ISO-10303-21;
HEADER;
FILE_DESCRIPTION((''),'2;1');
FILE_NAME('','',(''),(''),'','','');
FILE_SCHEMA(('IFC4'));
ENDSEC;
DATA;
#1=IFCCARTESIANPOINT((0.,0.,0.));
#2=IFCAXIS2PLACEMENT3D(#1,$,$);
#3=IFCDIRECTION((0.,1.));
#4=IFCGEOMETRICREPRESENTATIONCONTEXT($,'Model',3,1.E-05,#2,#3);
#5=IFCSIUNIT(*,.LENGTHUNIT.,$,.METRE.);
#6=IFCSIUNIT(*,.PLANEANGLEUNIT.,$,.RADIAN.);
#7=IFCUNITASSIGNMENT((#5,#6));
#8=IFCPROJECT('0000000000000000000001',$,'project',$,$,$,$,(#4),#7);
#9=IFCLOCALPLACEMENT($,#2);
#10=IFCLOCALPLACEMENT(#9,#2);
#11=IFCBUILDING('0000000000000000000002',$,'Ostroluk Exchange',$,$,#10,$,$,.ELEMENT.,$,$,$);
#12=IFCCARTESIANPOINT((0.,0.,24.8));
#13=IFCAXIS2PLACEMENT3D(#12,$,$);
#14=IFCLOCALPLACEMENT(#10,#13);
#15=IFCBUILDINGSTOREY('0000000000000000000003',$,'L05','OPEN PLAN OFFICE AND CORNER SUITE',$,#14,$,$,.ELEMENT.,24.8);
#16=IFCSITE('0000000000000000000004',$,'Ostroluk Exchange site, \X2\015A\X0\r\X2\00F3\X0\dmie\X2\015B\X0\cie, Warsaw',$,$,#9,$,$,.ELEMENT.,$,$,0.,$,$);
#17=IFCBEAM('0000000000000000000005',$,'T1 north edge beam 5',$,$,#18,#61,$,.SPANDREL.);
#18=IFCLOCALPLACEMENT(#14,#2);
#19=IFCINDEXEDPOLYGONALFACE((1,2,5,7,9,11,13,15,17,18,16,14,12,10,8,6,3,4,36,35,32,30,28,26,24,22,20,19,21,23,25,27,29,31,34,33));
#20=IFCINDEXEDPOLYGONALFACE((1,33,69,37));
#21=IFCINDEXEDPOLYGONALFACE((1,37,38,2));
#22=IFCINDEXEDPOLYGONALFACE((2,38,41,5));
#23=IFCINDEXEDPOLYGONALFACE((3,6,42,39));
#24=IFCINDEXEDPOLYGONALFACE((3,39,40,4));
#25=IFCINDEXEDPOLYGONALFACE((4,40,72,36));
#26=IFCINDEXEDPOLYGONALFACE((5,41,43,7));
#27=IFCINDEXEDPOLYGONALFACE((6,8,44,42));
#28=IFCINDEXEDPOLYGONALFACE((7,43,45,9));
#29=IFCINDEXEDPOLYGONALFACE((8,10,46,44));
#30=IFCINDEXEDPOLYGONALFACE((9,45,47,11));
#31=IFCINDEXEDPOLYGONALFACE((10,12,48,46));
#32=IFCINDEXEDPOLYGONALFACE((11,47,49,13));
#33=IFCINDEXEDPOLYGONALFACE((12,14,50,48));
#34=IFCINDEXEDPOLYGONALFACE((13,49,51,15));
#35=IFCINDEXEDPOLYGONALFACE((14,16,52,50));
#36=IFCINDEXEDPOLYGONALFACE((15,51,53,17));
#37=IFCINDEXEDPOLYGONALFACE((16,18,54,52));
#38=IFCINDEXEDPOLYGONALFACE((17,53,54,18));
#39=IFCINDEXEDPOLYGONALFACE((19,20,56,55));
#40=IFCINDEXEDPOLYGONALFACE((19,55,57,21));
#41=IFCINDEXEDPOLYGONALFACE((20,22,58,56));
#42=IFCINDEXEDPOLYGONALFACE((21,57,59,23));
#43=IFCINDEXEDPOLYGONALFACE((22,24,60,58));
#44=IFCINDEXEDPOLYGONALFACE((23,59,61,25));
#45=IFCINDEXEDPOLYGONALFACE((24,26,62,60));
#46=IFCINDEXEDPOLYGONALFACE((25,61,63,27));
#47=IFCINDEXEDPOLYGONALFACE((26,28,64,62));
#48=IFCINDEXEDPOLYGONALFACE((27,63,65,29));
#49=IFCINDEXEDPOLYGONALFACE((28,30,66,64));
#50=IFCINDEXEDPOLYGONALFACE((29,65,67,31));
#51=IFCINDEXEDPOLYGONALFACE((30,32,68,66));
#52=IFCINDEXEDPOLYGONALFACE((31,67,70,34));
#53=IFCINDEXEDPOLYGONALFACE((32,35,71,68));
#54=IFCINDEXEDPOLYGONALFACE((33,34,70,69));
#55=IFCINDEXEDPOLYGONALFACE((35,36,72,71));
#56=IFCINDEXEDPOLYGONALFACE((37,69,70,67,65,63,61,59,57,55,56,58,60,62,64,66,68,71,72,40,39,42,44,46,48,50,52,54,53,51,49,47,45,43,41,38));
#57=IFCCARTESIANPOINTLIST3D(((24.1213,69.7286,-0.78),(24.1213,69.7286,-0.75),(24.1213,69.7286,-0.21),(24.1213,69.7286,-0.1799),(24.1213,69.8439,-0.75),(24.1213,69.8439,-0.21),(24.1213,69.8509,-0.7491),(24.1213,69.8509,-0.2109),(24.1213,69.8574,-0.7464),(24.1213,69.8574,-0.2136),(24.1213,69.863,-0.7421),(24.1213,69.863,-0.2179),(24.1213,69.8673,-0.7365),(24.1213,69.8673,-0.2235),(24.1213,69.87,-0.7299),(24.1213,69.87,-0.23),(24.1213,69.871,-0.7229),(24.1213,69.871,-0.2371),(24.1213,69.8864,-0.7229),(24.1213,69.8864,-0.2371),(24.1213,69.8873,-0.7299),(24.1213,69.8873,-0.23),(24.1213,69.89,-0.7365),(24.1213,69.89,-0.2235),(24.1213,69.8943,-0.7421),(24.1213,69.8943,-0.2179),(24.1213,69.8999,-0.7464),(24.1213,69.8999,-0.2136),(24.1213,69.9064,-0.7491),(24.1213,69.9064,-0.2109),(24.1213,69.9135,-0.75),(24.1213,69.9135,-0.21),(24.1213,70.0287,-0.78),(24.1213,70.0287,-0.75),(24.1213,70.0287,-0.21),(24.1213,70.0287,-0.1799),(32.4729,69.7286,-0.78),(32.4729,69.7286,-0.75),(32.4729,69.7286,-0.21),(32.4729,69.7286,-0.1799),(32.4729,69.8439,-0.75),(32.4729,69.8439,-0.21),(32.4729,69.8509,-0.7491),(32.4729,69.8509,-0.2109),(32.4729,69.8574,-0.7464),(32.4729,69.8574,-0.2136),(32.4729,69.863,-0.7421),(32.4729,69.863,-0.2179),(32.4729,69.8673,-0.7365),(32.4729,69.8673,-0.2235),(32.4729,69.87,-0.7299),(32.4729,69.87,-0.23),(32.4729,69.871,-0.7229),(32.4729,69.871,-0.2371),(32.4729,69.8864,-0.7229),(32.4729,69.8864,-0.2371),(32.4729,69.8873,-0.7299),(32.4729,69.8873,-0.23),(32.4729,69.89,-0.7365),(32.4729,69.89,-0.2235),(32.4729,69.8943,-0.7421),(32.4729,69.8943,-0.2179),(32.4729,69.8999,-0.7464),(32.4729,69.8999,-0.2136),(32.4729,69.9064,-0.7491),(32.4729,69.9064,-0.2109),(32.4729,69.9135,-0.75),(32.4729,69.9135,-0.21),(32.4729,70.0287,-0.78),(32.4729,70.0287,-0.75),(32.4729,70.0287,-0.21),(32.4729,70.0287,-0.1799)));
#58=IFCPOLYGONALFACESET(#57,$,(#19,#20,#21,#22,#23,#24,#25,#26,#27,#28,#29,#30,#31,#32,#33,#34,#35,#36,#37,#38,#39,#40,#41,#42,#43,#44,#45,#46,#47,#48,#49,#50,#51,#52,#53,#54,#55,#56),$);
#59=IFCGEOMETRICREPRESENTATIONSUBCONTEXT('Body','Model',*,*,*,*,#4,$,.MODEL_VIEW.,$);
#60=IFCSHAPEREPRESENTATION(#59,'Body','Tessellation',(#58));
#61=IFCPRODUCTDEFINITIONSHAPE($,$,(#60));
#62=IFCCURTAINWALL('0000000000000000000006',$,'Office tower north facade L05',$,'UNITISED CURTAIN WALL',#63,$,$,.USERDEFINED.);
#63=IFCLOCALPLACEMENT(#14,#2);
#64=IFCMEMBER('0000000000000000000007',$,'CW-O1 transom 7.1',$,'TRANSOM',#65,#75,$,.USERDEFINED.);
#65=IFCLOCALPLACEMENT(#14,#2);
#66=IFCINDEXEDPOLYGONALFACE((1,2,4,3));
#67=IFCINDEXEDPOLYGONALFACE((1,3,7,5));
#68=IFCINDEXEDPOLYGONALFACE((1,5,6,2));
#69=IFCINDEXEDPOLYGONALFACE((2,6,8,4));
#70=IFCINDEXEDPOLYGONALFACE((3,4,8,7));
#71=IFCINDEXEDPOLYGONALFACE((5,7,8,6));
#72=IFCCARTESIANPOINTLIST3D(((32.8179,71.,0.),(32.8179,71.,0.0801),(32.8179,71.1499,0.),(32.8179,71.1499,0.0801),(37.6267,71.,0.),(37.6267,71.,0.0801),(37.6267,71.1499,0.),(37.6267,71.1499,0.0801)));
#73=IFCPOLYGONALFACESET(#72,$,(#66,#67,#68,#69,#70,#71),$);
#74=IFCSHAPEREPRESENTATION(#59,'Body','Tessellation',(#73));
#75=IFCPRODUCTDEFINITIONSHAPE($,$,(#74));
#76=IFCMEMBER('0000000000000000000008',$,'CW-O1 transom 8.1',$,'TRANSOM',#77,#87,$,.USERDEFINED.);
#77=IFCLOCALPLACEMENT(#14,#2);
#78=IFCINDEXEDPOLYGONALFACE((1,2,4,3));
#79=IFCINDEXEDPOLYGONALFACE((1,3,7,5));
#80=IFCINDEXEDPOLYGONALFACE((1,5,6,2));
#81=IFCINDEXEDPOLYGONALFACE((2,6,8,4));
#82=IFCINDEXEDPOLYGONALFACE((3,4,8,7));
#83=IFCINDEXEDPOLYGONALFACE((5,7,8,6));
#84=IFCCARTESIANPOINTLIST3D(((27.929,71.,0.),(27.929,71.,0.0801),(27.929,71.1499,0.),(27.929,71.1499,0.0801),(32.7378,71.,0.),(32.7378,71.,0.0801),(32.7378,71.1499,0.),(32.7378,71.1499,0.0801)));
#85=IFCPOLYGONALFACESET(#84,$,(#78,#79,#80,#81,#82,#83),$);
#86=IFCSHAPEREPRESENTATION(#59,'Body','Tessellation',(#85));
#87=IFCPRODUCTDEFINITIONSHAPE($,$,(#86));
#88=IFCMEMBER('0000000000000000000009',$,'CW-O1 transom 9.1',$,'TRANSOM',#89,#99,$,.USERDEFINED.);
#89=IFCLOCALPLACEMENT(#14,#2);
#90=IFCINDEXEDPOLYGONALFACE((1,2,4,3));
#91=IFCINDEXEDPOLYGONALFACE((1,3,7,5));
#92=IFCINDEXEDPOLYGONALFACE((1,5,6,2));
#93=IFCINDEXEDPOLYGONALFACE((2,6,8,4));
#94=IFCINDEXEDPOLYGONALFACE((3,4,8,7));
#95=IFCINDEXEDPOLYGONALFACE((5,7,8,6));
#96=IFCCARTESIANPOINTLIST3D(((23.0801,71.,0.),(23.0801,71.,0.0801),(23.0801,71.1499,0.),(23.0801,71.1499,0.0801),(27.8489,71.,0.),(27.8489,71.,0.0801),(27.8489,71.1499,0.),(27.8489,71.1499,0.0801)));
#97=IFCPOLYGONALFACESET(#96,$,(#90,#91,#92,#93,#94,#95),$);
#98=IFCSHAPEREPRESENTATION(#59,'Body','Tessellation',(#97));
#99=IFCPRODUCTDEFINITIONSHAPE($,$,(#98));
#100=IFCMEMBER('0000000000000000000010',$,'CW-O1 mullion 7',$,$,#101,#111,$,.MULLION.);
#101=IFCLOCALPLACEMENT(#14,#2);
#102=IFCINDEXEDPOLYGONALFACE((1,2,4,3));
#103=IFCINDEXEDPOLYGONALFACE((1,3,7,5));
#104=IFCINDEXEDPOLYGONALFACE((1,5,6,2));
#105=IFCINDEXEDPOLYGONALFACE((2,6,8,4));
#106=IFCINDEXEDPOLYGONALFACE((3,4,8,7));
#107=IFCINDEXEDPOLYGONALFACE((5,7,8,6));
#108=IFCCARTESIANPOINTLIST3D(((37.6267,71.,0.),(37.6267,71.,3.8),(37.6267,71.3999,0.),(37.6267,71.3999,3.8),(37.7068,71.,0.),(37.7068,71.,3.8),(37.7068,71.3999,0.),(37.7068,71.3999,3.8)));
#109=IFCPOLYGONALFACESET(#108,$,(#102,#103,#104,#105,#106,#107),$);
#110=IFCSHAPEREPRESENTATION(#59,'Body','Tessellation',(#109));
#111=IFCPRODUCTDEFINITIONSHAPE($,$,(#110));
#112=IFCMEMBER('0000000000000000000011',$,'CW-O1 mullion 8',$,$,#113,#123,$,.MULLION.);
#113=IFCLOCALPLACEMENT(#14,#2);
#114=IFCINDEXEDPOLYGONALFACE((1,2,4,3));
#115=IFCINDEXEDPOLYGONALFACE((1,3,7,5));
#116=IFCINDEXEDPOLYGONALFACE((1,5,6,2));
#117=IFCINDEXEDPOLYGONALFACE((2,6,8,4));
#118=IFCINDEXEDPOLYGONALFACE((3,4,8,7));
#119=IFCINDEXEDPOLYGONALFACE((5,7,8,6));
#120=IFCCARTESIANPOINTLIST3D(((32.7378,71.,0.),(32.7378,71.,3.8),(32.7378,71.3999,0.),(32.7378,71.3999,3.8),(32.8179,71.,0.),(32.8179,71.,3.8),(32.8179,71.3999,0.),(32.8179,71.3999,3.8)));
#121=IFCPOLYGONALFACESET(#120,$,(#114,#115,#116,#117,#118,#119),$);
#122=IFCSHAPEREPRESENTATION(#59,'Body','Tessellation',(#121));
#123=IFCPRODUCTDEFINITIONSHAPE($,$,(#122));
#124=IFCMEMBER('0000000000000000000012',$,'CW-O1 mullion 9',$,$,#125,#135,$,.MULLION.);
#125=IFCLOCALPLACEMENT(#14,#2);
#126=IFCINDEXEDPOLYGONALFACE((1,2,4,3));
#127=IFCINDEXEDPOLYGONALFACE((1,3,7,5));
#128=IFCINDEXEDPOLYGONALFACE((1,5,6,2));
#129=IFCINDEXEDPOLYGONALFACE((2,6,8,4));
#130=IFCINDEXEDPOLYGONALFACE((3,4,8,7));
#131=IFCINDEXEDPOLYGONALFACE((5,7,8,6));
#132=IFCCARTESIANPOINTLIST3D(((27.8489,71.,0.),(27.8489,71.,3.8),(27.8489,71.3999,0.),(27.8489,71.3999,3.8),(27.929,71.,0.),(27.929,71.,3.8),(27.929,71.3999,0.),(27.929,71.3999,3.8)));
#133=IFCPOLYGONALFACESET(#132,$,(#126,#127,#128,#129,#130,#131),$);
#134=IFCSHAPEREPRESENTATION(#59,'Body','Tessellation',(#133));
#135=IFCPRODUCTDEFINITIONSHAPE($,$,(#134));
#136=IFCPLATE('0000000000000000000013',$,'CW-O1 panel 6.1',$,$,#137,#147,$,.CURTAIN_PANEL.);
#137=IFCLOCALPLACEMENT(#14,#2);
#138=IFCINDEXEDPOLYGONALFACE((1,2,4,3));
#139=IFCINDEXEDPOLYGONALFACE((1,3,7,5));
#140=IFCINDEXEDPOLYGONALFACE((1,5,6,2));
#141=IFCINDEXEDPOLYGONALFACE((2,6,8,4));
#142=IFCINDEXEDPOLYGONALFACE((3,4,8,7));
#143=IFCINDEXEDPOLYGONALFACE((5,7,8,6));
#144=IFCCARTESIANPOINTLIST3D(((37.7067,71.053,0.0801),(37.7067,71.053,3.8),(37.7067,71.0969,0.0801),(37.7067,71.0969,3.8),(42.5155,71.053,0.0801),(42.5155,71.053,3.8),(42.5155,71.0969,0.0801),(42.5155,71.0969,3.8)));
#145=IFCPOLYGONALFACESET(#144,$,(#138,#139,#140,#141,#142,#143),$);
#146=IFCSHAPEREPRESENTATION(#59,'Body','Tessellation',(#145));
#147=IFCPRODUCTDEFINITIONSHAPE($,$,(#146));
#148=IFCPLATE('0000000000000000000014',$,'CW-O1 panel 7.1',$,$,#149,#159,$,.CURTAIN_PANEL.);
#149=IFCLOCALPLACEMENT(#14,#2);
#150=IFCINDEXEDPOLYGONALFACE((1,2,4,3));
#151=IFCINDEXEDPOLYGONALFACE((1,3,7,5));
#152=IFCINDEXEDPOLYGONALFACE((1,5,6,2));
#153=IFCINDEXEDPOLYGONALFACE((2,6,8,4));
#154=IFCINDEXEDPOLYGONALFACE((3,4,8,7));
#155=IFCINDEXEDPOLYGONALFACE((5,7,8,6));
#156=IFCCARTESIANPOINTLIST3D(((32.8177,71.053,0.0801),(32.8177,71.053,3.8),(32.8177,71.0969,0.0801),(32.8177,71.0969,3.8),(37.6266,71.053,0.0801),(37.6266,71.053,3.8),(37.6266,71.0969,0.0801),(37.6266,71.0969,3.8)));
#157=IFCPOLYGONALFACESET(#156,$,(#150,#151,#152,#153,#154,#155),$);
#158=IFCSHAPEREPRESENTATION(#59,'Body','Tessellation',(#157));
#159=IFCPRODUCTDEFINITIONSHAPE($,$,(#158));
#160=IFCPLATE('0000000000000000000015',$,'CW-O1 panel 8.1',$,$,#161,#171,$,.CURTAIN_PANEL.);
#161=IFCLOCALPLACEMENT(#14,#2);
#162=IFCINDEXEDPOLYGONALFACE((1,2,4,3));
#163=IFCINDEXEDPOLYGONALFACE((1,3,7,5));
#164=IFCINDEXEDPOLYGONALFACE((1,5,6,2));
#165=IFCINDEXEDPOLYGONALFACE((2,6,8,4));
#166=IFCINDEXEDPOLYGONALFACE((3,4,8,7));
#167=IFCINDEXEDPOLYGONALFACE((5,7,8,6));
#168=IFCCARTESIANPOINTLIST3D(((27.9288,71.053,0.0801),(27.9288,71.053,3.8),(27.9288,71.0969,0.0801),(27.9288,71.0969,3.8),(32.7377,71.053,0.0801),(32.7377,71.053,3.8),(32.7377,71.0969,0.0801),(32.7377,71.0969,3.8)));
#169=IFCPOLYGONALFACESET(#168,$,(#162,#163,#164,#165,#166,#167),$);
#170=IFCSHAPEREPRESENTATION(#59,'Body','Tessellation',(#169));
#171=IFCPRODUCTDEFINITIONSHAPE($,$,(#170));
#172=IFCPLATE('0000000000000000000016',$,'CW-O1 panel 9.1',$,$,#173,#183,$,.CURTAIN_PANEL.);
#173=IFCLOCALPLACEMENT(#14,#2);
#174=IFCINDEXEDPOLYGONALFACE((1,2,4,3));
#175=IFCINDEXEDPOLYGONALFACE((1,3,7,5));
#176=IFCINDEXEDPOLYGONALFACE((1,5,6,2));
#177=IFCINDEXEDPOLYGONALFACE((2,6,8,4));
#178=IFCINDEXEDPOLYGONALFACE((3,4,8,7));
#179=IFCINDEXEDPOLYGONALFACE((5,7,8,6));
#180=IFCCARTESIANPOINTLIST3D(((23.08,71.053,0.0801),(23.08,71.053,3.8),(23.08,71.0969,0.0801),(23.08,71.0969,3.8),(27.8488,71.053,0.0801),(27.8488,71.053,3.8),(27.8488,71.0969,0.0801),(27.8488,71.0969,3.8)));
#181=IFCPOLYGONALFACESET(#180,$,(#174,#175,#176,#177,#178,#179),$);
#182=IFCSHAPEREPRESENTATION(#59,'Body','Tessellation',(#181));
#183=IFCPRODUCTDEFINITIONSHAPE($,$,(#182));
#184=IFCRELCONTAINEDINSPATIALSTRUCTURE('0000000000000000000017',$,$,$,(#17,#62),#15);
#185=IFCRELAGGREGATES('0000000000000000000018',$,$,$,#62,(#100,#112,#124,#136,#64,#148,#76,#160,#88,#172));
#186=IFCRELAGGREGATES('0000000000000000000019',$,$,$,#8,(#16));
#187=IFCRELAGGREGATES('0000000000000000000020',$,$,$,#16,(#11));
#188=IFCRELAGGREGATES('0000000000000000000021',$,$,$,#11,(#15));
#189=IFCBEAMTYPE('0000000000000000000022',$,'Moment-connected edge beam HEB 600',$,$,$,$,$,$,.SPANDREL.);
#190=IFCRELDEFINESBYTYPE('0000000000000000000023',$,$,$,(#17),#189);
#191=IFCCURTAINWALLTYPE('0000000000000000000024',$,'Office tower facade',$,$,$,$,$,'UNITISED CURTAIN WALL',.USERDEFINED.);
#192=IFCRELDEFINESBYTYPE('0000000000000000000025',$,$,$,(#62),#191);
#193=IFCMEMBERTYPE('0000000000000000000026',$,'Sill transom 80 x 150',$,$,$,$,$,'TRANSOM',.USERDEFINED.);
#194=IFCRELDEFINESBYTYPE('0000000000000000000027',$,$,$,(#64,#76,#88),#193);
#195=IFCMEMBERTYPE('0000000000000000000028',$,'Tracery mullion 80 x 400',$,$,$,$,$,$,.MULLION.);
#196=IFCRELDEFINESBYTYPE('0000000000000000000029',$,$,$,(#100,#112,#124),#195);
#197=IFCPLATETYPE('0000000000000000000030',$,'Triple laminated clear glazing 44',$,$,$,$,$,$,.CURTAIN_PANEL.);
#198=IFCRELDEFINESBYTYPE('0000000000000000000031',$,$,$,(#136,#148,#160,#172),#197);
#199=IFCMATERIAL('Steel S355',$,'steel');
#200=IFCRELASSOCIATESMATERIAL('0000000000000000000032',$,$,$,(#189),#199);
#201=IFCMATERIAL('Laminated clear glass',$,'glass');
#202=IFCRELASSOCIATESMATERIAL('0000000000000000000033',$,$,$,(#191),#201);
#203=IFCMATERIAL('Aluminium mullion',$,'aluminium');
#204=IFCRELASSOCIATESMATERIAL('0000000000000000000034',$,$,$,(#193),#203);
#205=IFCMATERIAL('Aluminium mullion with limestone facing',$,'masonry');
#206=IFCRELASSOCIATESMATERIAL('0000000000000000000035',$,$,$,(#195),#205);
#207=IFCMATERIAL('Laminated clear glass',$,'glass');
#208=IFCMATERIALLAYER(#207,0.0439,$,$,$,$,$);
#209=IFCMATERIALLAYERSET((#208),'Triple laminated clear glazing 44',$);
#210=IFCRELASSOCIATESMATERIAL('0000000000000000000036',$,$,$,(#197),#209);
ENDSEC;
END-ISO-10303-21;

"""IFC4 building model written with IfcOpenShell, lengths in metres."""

from ifc_helpers import new_model, si_unit, direction, frame, origin, origin_2d, place, context, subcontext, project, spatial, rectangle, i_section, extrude, material, layer, layer_set, material_profile, profile_set, type_object, element, aggregate, save


model = new_model("IFC4")

# Units and contexts
model_context = context("Model", 3, precision=1e-05, world=origin(), true_north=direction((0.0, 1.0)))
body_context = subcontext(model_context, "Body", "Model", "MODEL_VIEW")
ifc_project = project(units=[si_unit("LENGTHUNIT", "METRE"), si_unit("PLANEANGLEUNIT", "RADIAN")], contexts=[model_context])

# Site, building, storey
site_placement = place(None, origin())
site = spatial("IfcSite", under=ifc_project, at=site_placement, Name="Ostroluk Exchange site, Śródmieście, Warsaw", CompositionType="ELEMENT", RefElevation=0.0)
building_placement = place(site_placement, origin())
building = spatial("IfcBuilding", under=site, at=building_placement, Name="Ostroluk Exchange", CompositionType="ELEMENT")
storey_placement = place(building_placement, frame((0.0, 0.0, 24.8)))
storey = spatial("IfcBuildingStorey", under=building, at=storey_placement, Name="L05", Description="OPEN PLAN OFFICE AND CORNER SUITE", CompositionType="ELEMENT", Elevation=24.8)

# Beam
ifc_material_1 = material(Name="Steel S355", Category="steel")
ifc_material_profile_1 = material_profile(ifc_material_1, i_section(OverallWidth=0.3, OverallDepth=0.6001, WebThickness=0.0154, FlangeThickness=0.03, FilletRadius=0.0271, at=origin_2d()), Name="HEB 600")
ifc_profile_set_1 = profile_set([ifc_material_profile_1], Name="Steel S355")
beam_type_1 = type_object("IfcBeamType", Name="Moment-connected edge beam HEB 600", PredefinedType="SPANDREL", material=ifc_profile_set_1)
beam_1_placement = place(storey_placement, frame((32.4729, 69.8787, -0.48), z_axis=(-1.0, 0.0, 0.0), x_axis=(0.0, -1.0, 0.0)))
element("IfcBeam", 1, at=beam_1_placement, inside=storey, type_object=beam_type_1, Name="T1 north edge beam 5", PredefinedType="SPANDREL", context=body_context, shape_type="SweptSolid", body=[
    extrude(i_section(OverallWidth=0.3, OverallDepth=0.6001, WebThickness=0.0154, FlangeThickness=0.03, FilletRadius=0.0271, at=origin_2d()), origin(), (0.0, 0.0, 1.0), 8.3516),
])

# Curtain wall, members, plates
ifc_material_2 = material(Name="Laminated clear glass", Category="glass")
curtain_wall_type = type_object("IfcCurtainWallType", Name="Office tower facade", ElementType="UNITISED CURTAIN WALL", PredefinedType="USERDEFINED", material=ifc_material_2)
curtain_wall_placement = place(storey_placement, origin())
curtain_wall = element("IfcCurtainWall", 2, at=curtain_wall_placement, inside=storey, type_object=curtain_wall_type, Name="Office tower north facade L05", ObjectType="UNITISED CURTAIN WALL", PredefinedType="USERDEFINED")
ifc_material_3 = material(Name="Aluminium mullion", Category="aluminium")
ifc_material_profile_2 = material_profile(ifc_material_3, rectangle(XDim=0.1499, YDim=0.0801, at=origin_2d()), Name="Sill transom 80 x 150")
ifc_profile_set_2 = profile_set([ifc_material_profile_2], Name="Aluminium mullion")
member_type_1 = type_object("IfcMemberType", Name="Sill transom 80 x 150", ElementType="TRANSOM", PredefinedType="USERDEFINED", material=ifc_profile_set_2)
member_1_placement = place(storey_placement, frame((37.6267, 71.075, 0.04), z_axis=(-1.0, 0.0, 0.0), x_axis=(0.0, -1.0, 0.0)))
member_1 = element("IfcMember", 3, at=member_1_placement, type_object=member_type_1, Name="CW-O1 transom 7.1", ObjectType="TRANSOM", PredefinedType="USERDEFINED", context=body_context, shape_type="SweptSolid", body=[
    extrude(rectangle(XDim=0.1499, YDim=0.0801, at=origin_2d()), origin(), (0.0, 0.0, 1.0), 4.8088),
])
member_2_placement = place(storey_placement, frame((32.7378, 71.075, 0.04), z_axis=(-1.0, 0.0, 0.0), x_axis=(0.0, -1.0, 0.0)))
member_2 = element("IfcMember", 4, at=member_2_placement, type_object=member_type_1, Name="CW-O1 transom 8.1", ObjectType="TRANSOM", PredefinedType="USERDEFINED", context=body_context, shape_type="SweptSolid", body=[
    extrude(rectangle(XDim=0.1499, YDim=0.0801, at=origin_2d()), origin(), (0.0, 0.0, 1.0), 4.8088),
])
member_3_placement = place(storey_placement, frame((27.8489, 71.075, 0.04), z_axis=(-1.0, 0.0, 0.0), x_axis=(0.0, -1.0, 0.0)))
member_3 = element("IfcMember", 5, at=member_3_placement, type_object=member_type_1, Name="CW-O1 transom 9.1", ObjectType="TRANSOM", PredefinedType="USERDEFINED", context=body_context, shape_type="SweptSolid", body=[
    extrude(rectangle(XDim=0.1499, YDim=0.0801, at=origin_2d()), origin(), (0.0, 0.0, 1.0), 4.7688),
])
ifc_material_4 = material(Name="Aluminium mullion with limestone facing", Category="masonry")
ifc_material_profile_3 = material_profile(ifc_material_4, rectangle(XDim=0.3999, YDim=0.0801, at=origin_2d()), Name="Tracery mullion 80 x 400")
ifc_profile_set_3 = profile_set([ifc_material_profile_3], Name="Aluminium mullion with limestone facing")
member_type_2 = type_object("IfcMemberType", Name="Tracery mullion 80 x 400", PredefinedType="MULLION", material=ifc_profile_set_3)
member_4_placement = place(storey_placement, frame((37.6667, 71.2, 0.0), z_axis=(0.0, 0.0, 1.0), x_axis=(0.0, -1.0, 0.0)))
member_4 = element("IfcMember", 6, at=member_4_placement, type_object=member_type_2, Name="CW-O1 mullion 7", PredefinedType="MULLION", context=body_context, shape_type="SweptSolid", body=[
    extrude(rectangle(XDim=0.3999, YDim=0.0801, at=origin_2d()), origin(), (0.0, 0.0, 1.0), 3.8),
])
member_5_placement = place(storey_placement, frame((32.7778, 71.2, 0.0), z_axis=(0.0, 0.0, 1.0), x_axis=(0.0, -1.0, 0.0)))
member_5 = element("IfcMember", 7, at=member_5_placement, type_object=member_type_2, Name="CW-O1 mullion 8", PredefinedType="MULLION", context=body_context, shape_type="SweptSolid", body=[
    extrude(rectangle(XDim=0.3999, YDim=0.0801, at=origin_2d()), origin(), (0.0, 0.0, 1.0), 3.8),
])
member_6_placement = place(storey_placement, frame((27.8889, 71.2, 0.0), z_axis=(0.0, 0.0, 1.0), x_axis=(0.0, -1.0, 0.0)))
member_6 = element("IfcMember", 8, at=member_6_placement, type_object=member_type_2, Name="CW-O1 mullion 9", PredefinedType="MULLION", context=body_context, shape_type="SweptSolid", body=[
    extrude(rectangle(XDim=0.3999, YDim=0.0801, at=origin_2d()), origin(), (0.0, 0.0, 1.0), 3.8),
])
ifc_material_5 = material(Name="Laminated clear glass", Category="glass")
ifc_layer_1 = layer(ifc_material_5, 0.0439)
ifc_layer_set_1 = layer_set([ifc_layer_1], Name="Triple laminated clear glazing 44")
plate_type = type_object("IfcPlateType", Name="Triple laminated clear glazing 44", PredefinedType="CURTAIN_PANEL", material=ifc_layer_set_1)
plate_1_placement = place(storey_placement, frame((40.1111, 71.075, 0.0801), z_axis=(0.0, 0.0, 1.0), x_axis=(-1.0, 0.0, 0.0)))
plate_1 = element("IfcPlate", 9, at=plate_1_placement, type_object=plate_type, Name="CW-O1 panel 6.1", PredefinedType="CURTAIN_PANEL", context=body_context, shape_type="SweptSolid", body=[
    extrude(rectangle(XDim=4.8088, YDim=0.0439, at=origin_2d()), origin(), (0.0, 0.0, 1.0), 3.72),
])
plate_2_placement = place(storey_placement, frame((35.2222, 71.075, 0.0801), z_axis=(0.0, 0.0, 1.0), x_axis=(-1.0, 0.0, 0.0)))
plate_2 = element("IfcPlate", 10, at=plate_2_placement, type_object=plate_type, Name="CW-O1 panel 7.1", PredefinedType="CURTAIN_PANEL", context=body_context, shape_type="SweptSolid", body=[
    extrude(rectangle(XDim=4.8088, YDim=0.0439, at=origin_2d()), origin(), (0.0, 0.0, 1.0), 3.72),
])
plate_3_placement = place(storey_placement, frame((30.3333, 71.075, 0.0801), z_axis=(0.0, 0.0, 1.0), x_axis=(-1.0, 0.0, 0.0)))
plate_3 = element("IfcPlate", 11, at=plate_3_placement, type_object=plate_type, Name="CW-O1 panel 8.1", PredefinedType="CURTAIN_PANEL", context=body_context, shape_type="SweptSolid", body=[
    extrude(rectangle(XDim=4.8088, YDim=0.0439, at=origin_2d()), origin(), (0.0, 0.0, 1.0), 3.72),
])
plate_4_placement = place(storey_placement, frame((25.4644, 71.075, 0.0801), z_axis=(0.0, 0.0, 1.0), x_axis=(-1.0, 0.0, 0.0)))
plate_4 = element("IfcPlate", 12, at=plate_4_placement, type_object=plate_type, Name="CW-O1 panel 9.1", PredefinedType="CURTAIN_PANEL", context=body_context, shape_type="SweptSolid", body=[
    extrude(rectangle(XDim=4.7688, YDim=0.0439, at=origin_2d()), origin(), (0.0, 0.0, 1.0), 3.72),
])
aggregate(curtain_wall, [member_4, member_5, member_6, plate_1, member_1, plate_2, member_2, plate_3, member_3, plate_4])

save(model, "model.ifc")
